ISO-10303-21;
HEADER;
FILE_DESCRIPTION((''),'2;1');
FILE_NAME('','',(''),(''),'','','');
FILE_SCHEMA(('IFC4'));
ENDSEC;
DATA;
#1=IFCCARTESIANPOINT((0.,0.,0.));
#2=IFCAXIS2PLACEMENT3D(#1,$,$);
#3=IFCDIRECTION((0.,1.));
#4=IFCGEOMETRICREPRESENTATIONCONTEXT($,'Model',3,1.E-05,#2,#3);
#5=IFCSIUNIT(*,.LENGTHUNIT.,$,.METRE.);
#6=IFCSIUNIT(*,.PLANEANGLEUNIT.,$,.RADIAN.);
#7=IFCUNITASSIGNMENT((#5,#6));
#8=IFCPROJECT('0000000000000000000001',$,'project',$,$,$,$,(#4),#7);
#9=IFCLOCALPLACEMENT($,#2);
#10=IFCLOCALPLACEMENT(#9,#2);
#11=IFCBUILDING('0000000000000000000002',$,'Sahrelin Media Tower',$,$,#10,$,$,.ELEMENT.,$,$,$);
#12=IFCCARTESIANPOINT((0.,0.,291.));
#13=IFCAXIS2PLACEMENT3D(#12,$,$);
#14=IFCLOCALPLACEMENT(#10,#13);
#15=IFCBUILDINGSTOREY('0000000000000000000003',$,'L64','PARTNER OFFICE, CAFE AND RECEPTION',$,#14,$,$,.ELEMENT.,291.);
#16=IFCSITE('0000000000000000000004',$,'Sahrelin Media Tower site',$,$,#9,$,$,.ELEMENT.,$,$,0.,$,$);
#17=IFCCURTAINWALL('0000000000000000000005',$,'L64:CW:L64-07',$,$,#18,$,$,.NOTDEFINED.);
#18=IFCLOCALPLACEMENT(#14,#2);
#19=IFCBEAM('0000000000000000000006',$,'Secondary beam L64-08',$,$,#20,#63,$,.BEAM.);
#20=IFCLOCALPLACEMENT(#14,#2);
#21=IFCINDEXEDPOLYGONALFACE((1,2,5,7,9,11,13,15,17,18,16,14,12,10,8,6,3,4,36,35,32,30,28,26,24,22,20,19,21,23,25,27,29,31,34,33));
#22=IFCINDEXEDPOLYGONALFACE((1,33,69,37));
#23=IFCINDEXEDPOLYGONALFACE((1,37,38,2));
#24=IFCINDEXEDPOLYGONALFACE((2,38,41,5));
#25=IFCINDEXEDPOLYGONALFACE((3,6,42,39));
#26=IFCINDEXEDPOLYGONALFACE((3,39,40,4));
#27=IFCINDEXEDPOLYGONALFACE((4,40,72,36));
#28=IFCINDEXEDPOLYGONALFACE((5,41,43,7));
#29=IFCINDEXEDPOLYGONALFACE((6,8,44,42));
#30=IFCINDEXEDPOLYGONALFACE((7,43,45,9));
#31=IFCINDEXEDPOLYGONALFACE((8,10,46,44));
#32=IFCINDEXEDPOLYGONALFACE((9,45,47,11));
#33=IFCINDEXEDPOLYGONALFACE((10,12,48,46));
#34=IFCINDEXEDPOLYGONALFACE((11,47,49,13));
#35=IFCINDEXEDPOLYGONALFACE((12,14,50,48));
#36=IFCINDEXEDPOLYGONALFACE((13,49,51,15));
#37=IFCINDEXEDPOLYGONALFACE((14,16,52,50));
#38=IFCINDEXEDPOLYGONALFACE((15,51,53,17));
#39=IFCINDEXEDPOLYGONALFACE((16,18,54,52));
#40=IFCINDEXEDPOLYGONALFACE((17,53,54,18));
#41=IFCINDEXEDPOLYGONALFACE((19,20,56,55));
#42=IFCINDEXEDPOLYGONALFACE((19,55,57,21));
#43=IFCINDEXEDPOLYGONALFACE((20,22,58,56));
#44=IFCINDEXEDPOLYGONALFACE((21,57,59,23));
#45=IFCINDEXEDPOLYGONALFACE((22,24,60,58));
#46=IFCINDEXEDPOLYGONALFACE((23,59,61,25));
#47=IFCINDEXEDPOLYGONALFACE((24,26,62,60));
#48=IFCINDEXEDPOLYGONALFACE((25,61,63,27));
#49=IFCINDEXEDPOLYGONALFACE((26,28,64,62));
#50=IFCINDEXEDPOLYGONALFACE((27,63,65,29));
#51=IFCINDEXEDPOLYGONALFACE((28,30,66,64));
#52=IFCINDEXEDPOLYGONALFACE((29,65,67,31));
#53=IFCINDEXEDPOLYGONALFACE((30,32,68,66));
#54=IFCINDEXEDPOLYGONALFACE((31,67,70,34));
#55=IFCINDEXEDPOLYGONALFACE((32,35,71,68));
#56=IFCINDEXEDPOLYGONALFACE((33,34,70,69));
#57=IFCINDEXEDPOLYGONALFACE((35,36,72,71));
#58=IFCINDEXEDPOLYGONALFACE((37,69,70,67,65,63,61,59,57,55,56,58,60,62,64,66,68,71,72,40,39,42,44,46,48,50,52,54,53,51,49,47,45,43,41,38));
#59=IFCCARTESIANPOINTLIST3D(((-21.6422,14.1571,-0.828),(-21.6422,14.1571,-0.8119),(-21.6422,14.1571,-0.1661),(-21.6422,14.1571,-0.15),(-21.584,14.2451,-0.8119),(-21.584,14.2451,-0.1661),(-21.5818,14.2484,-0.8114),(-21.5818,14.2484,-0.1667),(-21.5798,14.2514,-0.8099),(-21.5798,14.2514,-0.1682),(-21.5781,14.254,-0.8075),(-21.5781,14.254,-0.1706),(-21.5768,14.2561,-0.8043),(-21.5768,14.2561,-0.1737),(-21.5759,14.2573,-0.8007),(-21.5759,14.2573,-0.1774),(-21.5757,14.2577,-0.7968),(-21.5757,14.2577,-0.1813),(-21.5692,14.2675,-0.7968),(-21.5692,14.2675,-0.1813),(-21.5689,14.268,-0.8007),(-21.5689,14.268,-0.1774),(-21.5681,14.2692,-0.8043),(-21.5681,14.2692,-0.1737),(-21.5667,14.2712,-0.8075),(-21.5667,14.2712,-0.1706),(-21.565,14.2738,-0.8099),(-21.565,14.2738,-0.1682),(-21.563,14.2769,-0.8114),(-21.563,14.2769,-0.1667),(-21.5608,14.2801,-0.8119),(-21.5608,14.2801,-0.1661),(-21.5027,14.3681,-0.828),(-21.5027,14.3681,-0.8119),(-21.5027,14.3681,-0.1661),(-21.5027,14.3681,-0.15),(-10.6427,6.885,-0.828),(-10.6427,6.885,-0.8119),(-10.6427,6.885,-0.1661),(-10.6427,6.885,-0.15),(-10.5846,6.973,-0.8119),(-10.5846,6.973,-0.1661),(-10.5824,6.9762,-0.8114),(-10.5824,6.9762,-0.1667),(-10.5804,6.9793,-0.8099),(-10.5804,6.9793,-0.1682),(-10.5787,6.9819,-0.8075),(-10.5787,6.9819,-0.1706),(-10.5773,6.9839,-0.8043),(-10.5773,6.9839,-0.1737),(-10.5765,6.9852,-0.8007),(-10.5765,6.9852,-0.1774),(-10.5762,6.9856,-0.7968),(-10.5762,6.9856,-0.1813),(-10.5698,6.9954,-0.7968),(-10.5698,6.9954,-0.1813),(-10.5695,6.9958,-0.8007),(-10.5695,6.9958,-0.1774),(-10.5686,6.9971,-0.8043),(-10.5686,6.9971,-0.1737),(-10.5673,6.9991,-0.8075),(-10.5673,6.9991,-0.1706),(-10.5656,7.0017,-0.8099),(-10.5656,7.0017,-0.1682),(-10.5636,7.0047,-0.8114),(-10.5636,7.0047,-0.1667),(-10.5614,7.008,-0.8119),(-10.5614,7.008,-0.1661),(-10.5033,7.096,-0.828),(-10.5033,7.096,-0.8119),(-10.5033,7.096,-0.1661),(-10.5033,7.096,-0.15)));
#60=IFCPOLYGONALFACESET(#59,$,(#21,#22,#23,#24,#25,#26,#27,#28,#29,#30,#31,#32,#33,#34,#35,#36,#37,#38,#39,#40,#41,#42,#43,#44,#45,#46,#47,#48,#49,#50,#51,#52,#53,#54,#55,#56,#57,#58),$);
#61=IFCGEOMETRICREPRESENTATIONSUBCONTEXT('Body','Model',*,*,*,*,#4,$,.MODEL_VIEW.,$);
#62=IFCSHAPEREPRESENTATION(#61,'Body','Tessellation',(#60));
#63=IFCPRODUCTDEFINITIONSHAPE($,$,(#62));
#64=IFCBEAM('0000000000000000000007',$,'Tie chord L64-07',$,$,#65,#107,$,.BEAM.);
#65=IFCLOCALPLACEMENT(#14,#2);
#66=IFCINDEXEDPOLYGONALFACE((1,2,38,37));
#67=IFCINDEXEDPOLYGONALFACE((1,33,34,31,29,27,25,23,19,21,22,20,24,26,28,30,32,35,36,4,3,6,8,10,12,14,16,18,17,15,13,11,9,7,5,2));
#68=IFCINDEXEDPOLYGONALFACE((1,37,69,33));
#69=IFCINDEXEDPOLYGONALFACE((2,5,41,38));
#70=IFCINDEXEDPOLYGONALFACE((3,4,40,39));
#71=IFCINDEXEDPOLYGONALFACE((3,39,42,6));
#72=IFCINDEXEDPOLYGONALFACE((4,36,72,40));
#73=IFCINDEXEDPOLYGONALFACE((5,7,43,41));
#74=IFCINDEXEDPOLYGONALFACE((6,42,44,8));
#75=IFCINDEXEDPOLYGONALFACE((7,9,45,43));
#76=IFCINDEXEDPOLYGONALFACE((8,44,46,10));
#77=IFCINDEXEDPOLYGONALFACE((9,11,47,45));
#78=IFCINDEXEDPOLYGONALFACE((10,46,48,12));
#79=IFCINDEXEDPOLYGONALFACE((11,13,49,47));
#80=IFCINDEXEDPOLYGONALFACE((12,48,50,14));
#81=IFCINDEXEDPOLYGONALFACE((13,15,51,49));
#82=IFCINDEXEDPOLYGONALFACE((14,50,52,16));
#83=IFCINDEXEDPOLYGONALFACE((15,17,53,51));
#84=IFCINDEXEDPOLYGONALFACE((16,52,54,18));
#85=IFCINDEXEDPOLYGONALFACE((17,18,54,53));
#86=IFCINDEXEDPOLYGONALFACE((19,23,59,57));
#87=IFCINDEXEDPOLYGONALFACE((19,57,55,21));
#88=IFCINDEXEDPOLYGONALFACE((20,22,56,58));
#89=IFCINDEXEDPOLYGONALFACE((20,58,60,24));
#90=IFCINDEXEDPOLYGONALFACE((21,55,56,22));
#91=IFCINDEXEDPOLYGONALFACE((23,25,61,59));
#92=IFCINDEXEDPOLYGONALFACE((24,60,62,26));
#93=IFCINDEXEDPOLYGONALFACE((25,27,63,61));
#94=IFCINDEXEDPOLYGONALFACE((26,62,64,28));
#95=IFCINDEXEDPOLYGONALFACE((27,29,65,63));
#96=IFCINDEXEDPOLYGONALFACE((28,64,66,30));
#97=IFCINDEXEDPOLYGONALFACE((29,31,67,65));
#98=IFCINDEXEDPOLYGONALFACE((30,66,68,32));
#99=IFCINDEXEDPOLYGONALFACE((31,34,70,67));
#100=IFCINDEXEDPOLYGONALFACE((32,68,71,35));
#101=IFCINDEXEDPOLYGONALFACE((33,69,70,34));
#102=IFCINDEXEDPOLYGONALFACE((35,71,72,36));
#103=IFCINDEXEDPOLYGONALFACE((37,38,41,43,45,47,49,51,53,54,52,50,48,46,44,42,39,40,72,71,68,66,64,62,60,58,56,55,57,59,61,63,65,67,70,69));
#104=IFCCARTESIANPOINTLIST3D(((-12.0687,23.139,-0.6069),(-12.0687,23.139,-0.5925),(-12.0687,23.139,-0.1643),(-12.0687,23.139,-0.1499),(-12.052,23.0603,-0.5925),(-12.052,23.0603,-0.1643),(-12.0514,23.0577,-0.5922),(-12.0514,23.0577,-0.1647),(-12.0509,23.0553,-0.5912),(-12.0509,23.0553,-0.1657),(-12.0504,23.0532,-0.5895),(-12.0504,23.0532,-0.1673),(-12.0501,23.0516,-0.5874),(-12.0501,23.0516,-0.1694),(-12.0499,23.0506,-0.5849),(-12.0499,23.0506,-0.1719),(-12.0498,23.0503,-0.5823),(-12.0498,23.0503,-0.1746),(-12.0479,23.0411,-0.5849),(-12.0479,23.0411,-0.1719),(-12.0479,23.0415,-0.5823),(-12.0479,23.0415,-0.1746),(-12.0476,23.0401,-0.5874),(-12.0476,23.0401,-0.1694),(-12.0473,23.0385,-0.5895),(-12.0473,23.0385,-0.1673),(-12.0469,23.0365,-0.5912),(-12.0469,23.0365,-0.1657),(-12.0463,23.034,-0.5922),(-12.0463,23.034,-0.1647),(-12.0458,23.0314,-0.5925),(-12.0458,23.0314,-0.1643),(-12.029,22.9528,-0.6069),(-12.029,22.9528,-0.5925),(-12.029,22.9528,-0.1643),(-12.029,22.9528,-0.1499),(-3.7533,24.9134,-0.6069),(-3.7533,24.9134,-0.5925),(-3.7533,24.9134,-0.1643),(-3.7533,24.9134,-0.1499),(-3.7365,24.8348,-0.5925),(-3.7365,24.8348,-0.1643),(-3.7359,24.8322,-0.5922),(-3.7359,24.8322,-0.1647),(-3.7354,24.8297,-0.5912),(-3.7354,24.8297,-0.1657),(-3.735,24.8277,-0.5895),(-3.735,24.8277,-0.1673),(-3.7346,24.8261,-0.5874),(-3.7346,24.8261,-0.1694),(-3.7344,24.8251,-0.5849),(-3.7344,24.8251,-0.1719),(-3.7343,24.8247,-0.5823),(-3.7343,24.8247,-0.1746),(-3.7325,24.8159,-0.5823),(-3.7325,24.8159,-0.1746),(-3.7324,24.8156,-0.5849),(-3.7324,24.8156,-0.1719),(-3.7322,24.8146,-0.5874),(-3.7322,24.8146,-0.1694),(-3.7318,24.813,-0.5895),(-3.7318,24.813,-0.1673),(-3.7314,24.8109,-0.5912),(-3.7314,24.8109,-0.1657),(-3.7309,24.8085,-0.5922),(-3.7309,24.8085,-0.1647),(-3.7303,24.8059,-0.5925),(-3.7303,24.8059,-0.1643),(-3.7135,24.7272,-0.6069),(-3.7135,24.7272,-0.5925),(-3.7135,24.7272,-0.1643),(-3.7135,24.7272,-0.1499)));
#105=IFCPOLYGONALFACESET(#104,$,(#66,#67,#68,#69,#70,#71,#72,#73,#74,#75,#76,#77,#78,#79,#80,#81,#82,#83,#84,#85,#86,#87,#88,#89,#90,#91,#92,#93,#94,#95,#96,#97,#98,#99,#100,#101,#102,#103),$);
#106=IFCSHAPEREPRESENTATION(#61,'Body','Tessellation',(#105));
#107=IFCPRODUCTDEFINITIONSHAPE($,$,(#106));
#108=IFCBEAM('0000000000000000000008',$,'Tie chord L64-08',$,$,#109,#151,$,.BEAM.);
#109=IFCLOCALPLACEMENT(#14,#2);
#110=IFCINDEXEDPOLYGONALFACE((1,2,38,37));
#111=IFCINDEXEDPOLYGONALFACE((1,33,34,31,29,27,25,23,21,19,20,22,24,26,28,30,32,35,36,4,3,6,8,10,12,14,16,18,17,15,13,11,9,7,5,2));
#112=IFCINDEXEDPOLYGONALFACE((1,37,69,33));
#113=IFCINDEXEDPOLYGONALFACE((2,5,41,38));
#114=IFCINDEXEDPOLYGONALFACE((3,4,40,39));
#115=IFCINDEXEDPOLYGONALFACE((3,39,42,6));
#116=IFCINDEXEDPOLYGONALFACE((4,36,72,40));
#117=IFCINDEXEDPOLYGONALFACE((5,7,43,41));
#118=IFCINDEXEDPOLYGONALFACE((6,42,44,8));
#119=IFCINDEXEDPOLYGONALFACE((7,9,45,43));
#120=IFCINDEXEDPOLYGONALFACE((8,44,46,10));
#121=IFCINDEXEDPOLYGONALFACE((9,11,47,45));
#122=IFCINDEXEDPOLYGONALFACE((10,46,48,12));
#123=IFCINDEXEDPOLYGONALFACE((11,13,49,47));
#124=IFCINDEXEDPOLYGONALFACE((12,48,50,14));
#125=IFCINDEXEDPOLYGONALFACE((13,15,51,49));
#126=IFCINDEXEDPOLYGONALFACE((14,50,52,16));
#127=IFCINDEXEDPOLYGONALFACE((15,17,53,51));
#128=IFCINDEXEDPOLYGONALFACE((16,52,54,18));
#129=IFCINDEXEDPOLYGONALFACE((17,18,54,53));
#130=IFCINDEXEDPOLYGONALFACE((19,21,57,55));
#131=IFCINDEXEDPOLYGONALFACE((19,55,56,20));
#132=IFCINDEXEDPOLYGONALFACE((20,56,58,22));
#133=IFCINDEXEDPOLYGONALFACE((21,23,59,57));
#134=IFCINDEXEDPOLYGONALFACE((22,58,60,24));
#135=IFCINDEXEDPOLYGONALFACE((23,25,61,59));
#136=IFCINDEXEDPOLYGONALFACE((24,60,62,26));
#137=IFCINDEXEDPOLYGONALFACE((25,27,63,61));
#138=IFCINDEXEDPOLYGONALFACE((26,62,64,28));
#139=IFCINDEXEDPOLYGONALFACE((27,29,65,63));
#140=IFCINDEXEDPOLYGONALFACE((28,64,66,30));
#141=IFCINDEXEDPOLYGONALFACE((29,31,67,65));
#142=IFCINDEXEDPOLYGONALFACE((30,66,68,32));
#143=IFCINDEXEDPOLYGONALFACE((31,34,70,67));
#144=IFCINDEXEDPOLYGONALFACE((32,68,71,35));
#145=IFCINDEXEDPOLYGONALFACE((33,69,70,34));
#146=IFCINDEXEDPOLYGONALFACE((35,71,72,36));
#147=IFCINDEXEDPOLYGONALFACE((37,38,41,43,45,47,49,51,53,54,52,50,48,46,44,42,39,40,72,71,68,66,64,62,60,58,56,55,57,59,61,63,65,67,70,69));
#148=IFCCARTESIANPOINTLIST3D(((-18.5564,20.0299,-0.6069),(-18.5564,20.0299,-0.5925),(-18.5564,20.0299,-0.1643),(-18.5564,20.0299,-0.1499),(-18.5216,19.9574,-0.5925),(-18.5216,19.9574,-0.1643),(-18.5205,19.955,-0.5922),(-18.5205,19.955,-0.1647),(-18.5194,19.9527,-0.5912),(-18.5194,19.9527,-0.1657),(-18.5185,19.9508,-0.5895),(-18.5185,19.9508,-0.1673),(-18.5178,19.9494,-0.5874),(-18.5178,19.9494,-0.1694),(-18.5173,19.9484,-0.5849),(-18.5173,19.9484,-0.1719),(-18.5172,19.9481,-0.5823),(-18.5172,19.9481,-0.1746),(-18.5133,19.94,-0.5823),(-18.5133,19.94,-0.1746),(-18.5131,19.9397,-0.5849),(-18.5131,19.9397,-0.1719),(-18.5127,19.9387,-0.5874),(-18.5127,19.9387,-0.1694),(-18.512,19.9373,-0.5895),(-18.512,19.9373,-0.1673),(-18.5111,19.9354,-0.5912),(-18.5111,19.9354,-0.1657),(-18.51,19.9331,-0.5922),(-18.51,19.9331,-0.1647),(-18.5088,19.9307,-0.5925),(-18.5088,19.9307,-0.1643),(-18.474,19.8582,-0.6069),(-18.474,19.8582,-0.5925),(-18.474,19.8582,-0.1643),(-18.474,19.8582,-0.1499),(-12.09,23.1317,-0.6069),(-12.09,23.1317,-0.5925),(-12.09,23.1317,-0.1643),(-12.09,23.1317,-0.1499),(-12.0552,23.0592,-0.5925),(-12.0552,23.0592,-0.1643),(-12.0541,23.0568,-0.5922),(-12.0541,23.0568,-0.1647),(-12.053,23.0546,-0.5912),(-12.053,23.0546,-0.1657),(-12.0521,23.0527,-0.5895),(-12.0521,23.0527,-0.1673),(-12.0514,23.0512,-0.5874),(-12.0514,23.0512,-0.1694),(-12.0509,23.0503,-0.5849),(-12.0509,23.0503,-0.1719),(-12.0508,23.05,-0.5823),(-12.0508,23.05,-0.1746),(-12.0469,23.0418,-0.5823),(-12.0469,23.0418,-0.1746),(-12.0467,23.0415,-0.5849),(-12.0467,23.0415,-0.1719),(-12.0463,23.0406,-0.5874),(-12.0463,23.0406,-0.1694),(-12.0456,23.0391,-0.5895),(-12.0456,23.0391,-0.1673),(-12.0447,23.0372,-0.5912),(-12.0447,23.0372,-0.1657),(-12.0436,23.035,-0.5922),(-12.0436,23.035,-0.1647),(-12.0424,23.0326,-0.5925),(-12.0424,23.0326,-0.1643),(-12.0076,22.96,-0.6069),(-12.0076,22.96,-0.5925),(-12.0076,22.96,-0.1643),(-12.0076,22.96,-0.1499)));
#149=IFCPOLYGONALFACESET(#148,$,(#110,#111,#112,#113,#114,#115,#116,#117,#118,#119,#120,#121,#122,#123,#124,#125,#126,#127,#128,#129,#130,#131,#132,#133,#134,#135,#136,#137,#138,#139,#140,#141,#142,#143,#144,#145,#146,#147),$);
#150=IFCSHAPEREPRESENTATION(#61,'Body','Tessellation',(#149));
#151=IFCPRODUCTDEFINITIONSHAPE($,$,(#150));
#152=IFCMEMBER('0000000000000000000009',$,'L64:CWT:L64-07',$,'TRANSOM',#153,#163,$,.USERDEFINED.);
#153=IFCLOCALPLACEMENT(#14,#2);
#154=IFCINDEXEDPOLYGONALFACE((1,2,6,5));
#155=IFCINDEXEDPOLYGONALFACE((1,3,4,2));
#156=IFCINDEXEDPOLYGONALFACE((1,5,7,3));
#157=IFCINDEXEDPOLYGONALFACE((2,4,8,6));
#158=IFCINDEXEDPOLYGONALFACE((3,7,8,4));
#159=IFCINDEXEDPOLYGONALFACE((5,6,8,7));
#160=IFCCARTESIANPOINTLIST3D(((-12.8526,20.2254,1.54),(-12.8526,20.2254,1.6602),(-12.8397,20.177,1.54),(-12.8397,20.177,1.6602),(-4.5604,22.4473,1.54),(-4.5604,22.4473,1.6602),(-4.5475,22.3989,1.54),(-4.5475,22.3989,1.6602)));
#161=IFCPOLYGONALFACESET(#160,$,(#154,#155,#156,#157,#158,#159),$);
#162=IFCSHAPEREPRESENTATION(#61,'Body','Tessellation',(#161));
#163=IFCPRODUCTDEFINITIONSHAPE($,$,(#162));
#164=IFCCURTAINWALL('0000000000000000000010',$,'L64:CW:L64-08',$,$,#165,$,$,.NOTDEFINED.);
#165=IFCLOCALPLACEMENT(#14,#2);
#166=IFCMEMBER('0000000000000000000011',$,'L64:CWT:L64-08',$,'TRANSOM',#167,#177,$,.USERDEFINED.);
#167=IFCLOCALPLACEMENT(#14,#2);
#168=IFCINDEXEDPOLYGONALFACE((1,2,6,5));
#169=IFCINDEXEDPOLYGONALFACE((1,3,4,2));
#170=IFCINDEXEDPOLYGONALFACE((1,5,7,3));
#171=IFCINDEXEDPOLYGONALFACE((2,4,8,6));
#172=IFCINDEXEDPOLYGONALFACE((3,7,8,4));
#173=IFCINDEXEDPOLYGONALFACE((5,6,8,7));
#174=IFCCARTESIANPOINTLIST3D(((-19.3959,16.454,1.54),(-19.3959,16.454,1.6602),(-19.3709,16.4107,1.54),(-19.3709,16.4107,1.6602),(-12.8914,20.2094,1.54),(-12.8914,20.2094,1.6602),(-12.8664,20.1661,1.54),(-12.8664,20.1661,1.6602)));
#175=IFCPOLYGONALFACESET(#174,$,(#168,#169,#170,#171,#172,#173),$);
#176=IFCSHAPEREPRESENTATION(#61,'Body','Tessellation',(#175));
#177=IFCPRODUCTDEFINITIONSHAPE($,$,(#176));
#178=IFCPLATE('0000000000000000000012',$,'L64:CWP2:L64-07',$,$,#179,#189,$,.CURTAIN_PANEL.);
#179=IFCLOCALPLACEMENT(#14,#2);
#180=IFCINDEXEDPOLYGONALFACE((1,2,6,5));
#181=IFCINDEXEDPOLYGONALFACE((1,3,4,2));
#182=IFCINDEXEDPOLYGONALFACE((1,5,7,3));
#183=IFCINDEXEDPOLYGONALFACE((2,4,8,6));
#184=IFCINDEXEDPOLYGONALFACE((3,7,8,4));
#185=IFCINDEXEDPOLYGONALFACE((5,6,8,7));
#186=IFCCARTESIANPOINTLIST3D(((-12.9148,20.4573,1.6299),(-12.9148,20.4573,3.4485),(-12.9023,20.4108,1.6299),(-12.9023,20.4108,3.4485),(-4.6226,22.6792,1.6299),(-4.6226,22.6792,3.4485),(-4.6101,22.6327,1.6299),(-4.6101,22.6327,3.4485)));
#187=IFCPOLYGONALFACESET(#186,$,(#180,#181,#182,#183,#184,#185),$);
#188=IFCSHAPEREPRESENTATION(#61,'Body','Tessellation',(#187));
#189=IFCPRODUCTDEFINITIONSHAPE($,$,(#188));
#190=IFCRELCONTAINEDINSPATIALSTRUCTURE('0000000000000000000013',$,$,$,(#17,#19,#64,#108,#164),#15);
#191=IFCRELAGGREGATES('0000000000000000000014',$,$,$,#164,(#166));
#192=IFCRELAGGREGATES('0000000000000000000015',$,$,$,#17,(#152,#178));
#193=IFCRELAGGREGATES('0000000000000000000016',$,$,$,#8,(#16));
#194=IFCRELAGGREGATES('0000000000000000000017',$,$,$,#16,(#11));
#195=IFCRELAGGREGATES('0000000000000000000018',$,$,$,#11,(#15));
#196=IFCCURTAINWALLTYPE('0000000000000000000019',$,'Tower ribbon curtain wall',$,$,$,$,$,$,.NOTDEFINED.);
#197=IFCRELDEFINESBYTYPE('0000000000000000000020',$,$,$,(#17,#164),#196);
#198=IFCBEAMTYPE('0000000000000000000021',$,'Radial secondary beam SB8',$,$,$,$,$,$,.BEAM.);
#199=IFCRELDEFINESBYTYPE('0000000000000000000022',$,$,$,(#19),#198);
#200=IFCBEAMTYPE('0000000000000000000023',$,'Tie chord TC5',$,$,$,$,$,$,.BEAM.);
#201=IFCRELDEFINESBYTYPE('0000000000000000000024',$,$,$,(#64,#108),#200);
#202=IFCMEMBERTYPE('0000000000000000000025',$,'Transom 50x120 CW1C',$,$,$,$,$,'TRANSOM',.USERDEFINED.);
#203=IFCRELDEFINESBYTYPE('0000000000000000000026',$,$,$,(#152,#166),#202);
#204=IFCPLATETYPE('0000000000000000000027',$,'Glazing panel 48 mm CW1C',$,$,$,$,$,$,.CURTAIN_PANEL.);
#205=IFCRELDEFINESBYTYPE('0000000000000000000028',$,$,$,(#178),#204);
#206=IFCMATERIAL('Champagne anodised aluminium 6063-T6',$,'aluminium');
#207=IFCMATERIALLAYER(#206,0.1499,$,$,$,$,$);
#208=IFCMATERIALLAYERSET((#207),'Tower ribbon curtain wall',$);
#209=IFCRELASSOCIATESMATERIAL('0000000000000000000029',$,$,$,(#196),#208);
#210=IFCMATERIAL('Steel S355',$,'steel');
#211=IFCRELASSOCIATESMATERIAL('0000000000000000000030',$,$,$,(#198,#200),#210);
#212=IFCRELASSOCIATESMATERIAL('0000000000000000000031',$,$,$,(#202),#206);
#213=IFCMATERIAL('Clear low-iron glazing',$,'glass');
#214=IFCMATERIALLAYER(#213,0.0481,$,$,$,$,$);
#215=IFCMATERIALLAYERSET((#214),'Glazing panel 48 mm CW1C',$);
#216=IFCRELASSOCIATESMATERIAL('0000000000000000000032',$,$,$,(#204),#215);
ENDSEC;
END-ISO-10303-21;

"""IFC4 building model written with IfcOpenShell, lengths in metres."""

from ifc_helpers import new_model, si_unit, direction, frame, origin, origin_2d, place, context, subcontext, project, spatial, polyline, rectangle, i_section, outline, extrude, material, layer, layer_set, material_profile, profile_set, type_object, element, aggregate, save


model = new_model("IFC4")

# Units and contexts
model_context = context("Model", 3, precision=1e-05, world=origin(), true_north=direction((0.0, 1.0)))
body_context = subcontext(model_context, "Body", "Model", "MODEL_VIEW")
ifc_project = project(units=[si_unit("LENGTHUNIT", "METRE"), si_unit("PLANEANGLEUNIT", "RADIAN")], contexts=[model_context])

# Site, building, storey
site_placement = place(None, origin())
site = spatial("IfcSite", under=ifc_project, at=site_placement, Name="Sahrelin Media Tower site", CompositionType="ELEMENT", RefElevation=0.0)
building_placement = place(site_placement, origin())
building = spatial("IfcBuilding", under=site, at=building_placement, Name="Sahrelin Media Tower", CompositionType="ELEMENT")
storey_placement = place(building_placement, frame((0.0, 0.0, 291.0)))
storey = spatial("IfcBuildingStorey", under=building, at=storey_placement, Name="L64", Description="PARTNER OFFICE, CAFE AND RECEPTION", CompositionType="ELEMENT", Elevation=291.0)

# Shared definitions
ifc_material_1 = material(Name="Steel S355", Category="steel")

# Curtain wall
ifc_material_2 = material(Name="Champagne anodised aluminium 6063-T6", Category="aluminium")
ifc_layer_1 = layer(ifc_material_2, 0.1499)
ifc_layer_set_1 = layer_set([ifc_layer_1], Name="Tower ribbon curtain wall")
curtain_wall_type = type_object("IfcCurtainWallType", Name="Tower ribbon curtain wall", PredefinedType="NOTDEFINED", material=ifc_layer_set_1)
curtain_wall_1_placement = place(storey_placement, frame((-8.7634, 21.5488, 0.0), z_axis=(0.0, 0.0, 1.0), x_axis=(1.0, 0.0, 0.0)))
curtain_wall_1 = element("IfcCurtainWall", 1, at=curtain_wall_1_placement, inside=storey, type_object=curtain_wall_type, Name="L64:CW:L64-07", PredefinedType="NOTDEFINED")

# Beams
ifc_material_profile_1 = material_profile(ifc_material_1, i_section(OverallWidth=0.2529, OverallDepth=0.678, WebThickness=0.0117, FlangeThickness=0.0161, FilletRadius=0.0151, at=origin_2d()), Name="UB 686x254x125")
ifc_profile_set_1 = profile_set([ifc_material_profile_1], Name="Steel S355")
beam_type_1 = type_object("IfcBeamType", Name="Radial secondary beam SB8", PredefinedType="BEAM", material=ifc_profile_set_1)
beam_1_placement = place(storey_placement, frame((-10.573, 6.9905, -0.489), z_axis=(-0.834172, 0.551504, 0.0), x_axis=(-0.551504, -0.834172, 0.0)))
element("IfcBeam", 2, at=beam_1_placement, inside=storey, type_object=beam_type_1, Name="Secondary beam L64-08", PredefinedType="BEAM", context=body_context, shape_type="SweptSolid", body=[
    extrude(i_section(OverallWidth=0.2529, OverallDepth=0.678, WebThickness=0.0117, FlangeThickness=0.0161, FilletRadius=0.0151, at=origin_2d()), origin(), (0.0, 0.0, 1.0), 13.186),
])
ifc_material_profile_2 = material_profile(ifc_material_1, i_section(OverallWidth=0.1904, OverallDepth=0.457, WebThickness=0.009, FlangeThickness=0.0144, FilletRadius=0.0103, at=origin_2d()), Name="UB 457x191x74")
ifc_profile_set_2 = profile_set([ifc_material_profile_2], Name="Steel S355")
beam_type_2 = type_object("IfcBeamType", Name="Tie chord TC5", PredefinedType="BEAM", material=ifc_profile_set_2)
beam_2_placement = place(storey_placement, frame((-3.7334, 24.8203, -0.3784), z_axis=(-0.977982, -0.20869, 0.0), x_axis=(0.20869, -0.977982, 0.0)))
element("IfcBeam", 3, at=beam_2_placement, inside=storey, type_object=beam_type_2, Name="Tie chord L64-07", PredefinedType="BEAM", context=body_context, shape_type="SweptSolid", body=[
    extrude(i_section(OverallWidth=0.1904, OverallDepth=0.457, WebThickness=0.009, FlangeThickness=0.0144, FilletRadius=0.0103, at=origin_2d()), origin(), (0.0, 0.0, 1.0), 8.5027),
])
beam_3_placement = place(storey_placement, frame((-12.0488, 23.0459, -0.3784), z_axis=(-0.901633, -0.432502, 0.0), x_axis=(0.432502, -0.901633, 0.0)))
element("IfcBeam", 4, at=beam_3_placement, inside=storey, type_object=beam_type_2, Name="Tie chord L64-08", PredefinedType="BEAM", context=body_context, shape_type="SweptSolid", body=[
    extrude(i_section(OverallWidth=0.1904, OverallDepth=0.457, WebThickness=0.009, FlangeThickness=0.0144, FilletRadius=0.0103, at=origin_2d()), origin(), (0.0, 0.0, 1.0), 7.1719),
])

# Member
ifc_material_profile_3 = material_profile(ifc_material_2, rectangle(XDim=0.05, YDim=0.1201, at=origin_2d()), Name="Transom 50x120")
ifc_profile_set_3 = profile_set([ifc_material_profile_3], Name="Champagne anodised aluminium 6063-T6")
member_type_1 = type_object("IfcMemberType", Name="Transom 50x120 CW1C", ElementType="TRANSOM", PredefinedType="USERDEFINED", material=ifc_profile_set_3)
member_1_placement = place(storey_placement, frame((-4.554, 22.4231, 1.6001), z_axis=(-0.965925, -0.258822, 0.0), x_axis=(0.258822, -0.965925, 0.0)))
member_1 = element("IfcMember", 5, at=member_1_placement, type_object=member_type_1, Name="L64:CWT:L64-07", ObjectType="TRANSOM", PredefinedType="USERDEFINED", context=body_context, shape_type="SweptSolid", body=[
    extrude(rectangle(XDim=0.05, YDim=0.1201, at=origin_2d()), origin(), (0.0, 0.0, 1.0), 8.5847),
])

# Curtain wall, member
curtain_wall_2_placement = place(storey_placement, frame((-16.2534, 18.5222, 0.0), z_axis=(0.0, 0.0, 1.0), x_axis=(1.0, 0.0, 0.0)))
curtain_wall_2 = element("IfcCurtainWall", 6, at=curtain_wall_2_placement, inside=storey, type_object=curtain_wall_type, Name="L64:CW:L64-08", PredefinedType="NOTDEFINED")
member_2_placement = place(storey_placement, frame((-12.8789, 20.1877, 1.6001), z_axis=(-0.866022, -0.500006, 0.0), x_axis=(0.500006, -0.866022, 0.0)))
member_2 = element("IfcMember", 7, at=member_2_placement, type_object=member_type_1, Name="L64:CWT:L64-08", ObjectType="TRANSOM", PredefinedType="USERDEFINED", context=body_context, shape_type="SweptSolid", body=[
    extrude(rectangle(XDim=0.05, YDim=0.1201, at=origin_2d()), origin(), (0.0, 0.0, 1.0), 7.5107),
])
aggregate(curtain_wall_2, [member_2])

# Plate
ifc_material_3 = material(Name="Clear low-iron glazing", Category="glass")
ifc_layer_2 = layer(ifc_material_3, 0.0481)
ifc_layer_set_2 = layer_set([ifc_layer_2], Name="Glazing panel 48 mm CW1C")
plate_type_1 = type_object("IfcPlateType", Name="Glazing panel 48 mm CW1C", PredefinedType="CURTAIN_PANEL", material=ifc_layer_set_2)
plate_1_placement = place(storey_placement, frame((-4.6226, 22.6792, 1.6299), z_axis=(-0.258822, 0.965925, 0.0), x_axis=(-0.965925, -0.258822, 0.0)))
plate_1 = element("IfcPlate", 8, at=plate_1_placement, type_object=plate_type_1, Name="L64:CWP2:L64-07", PredefinedType="CURTAIN_PANEL", context=body_context, shape_type="SweptSolid", body=[
    extrude(outline(polyline([(0.0, 0.0), (8.5847, 0.0), (8.5847, 1.8186), (0.0, 1.8186), (0.0, 0.0)])), origin(), (0.0, 0.0, -1.0), 0.0481),
])
aggregate(curtain_wall_1, [member_1, plate_1])

save(model, "model.ifc")
